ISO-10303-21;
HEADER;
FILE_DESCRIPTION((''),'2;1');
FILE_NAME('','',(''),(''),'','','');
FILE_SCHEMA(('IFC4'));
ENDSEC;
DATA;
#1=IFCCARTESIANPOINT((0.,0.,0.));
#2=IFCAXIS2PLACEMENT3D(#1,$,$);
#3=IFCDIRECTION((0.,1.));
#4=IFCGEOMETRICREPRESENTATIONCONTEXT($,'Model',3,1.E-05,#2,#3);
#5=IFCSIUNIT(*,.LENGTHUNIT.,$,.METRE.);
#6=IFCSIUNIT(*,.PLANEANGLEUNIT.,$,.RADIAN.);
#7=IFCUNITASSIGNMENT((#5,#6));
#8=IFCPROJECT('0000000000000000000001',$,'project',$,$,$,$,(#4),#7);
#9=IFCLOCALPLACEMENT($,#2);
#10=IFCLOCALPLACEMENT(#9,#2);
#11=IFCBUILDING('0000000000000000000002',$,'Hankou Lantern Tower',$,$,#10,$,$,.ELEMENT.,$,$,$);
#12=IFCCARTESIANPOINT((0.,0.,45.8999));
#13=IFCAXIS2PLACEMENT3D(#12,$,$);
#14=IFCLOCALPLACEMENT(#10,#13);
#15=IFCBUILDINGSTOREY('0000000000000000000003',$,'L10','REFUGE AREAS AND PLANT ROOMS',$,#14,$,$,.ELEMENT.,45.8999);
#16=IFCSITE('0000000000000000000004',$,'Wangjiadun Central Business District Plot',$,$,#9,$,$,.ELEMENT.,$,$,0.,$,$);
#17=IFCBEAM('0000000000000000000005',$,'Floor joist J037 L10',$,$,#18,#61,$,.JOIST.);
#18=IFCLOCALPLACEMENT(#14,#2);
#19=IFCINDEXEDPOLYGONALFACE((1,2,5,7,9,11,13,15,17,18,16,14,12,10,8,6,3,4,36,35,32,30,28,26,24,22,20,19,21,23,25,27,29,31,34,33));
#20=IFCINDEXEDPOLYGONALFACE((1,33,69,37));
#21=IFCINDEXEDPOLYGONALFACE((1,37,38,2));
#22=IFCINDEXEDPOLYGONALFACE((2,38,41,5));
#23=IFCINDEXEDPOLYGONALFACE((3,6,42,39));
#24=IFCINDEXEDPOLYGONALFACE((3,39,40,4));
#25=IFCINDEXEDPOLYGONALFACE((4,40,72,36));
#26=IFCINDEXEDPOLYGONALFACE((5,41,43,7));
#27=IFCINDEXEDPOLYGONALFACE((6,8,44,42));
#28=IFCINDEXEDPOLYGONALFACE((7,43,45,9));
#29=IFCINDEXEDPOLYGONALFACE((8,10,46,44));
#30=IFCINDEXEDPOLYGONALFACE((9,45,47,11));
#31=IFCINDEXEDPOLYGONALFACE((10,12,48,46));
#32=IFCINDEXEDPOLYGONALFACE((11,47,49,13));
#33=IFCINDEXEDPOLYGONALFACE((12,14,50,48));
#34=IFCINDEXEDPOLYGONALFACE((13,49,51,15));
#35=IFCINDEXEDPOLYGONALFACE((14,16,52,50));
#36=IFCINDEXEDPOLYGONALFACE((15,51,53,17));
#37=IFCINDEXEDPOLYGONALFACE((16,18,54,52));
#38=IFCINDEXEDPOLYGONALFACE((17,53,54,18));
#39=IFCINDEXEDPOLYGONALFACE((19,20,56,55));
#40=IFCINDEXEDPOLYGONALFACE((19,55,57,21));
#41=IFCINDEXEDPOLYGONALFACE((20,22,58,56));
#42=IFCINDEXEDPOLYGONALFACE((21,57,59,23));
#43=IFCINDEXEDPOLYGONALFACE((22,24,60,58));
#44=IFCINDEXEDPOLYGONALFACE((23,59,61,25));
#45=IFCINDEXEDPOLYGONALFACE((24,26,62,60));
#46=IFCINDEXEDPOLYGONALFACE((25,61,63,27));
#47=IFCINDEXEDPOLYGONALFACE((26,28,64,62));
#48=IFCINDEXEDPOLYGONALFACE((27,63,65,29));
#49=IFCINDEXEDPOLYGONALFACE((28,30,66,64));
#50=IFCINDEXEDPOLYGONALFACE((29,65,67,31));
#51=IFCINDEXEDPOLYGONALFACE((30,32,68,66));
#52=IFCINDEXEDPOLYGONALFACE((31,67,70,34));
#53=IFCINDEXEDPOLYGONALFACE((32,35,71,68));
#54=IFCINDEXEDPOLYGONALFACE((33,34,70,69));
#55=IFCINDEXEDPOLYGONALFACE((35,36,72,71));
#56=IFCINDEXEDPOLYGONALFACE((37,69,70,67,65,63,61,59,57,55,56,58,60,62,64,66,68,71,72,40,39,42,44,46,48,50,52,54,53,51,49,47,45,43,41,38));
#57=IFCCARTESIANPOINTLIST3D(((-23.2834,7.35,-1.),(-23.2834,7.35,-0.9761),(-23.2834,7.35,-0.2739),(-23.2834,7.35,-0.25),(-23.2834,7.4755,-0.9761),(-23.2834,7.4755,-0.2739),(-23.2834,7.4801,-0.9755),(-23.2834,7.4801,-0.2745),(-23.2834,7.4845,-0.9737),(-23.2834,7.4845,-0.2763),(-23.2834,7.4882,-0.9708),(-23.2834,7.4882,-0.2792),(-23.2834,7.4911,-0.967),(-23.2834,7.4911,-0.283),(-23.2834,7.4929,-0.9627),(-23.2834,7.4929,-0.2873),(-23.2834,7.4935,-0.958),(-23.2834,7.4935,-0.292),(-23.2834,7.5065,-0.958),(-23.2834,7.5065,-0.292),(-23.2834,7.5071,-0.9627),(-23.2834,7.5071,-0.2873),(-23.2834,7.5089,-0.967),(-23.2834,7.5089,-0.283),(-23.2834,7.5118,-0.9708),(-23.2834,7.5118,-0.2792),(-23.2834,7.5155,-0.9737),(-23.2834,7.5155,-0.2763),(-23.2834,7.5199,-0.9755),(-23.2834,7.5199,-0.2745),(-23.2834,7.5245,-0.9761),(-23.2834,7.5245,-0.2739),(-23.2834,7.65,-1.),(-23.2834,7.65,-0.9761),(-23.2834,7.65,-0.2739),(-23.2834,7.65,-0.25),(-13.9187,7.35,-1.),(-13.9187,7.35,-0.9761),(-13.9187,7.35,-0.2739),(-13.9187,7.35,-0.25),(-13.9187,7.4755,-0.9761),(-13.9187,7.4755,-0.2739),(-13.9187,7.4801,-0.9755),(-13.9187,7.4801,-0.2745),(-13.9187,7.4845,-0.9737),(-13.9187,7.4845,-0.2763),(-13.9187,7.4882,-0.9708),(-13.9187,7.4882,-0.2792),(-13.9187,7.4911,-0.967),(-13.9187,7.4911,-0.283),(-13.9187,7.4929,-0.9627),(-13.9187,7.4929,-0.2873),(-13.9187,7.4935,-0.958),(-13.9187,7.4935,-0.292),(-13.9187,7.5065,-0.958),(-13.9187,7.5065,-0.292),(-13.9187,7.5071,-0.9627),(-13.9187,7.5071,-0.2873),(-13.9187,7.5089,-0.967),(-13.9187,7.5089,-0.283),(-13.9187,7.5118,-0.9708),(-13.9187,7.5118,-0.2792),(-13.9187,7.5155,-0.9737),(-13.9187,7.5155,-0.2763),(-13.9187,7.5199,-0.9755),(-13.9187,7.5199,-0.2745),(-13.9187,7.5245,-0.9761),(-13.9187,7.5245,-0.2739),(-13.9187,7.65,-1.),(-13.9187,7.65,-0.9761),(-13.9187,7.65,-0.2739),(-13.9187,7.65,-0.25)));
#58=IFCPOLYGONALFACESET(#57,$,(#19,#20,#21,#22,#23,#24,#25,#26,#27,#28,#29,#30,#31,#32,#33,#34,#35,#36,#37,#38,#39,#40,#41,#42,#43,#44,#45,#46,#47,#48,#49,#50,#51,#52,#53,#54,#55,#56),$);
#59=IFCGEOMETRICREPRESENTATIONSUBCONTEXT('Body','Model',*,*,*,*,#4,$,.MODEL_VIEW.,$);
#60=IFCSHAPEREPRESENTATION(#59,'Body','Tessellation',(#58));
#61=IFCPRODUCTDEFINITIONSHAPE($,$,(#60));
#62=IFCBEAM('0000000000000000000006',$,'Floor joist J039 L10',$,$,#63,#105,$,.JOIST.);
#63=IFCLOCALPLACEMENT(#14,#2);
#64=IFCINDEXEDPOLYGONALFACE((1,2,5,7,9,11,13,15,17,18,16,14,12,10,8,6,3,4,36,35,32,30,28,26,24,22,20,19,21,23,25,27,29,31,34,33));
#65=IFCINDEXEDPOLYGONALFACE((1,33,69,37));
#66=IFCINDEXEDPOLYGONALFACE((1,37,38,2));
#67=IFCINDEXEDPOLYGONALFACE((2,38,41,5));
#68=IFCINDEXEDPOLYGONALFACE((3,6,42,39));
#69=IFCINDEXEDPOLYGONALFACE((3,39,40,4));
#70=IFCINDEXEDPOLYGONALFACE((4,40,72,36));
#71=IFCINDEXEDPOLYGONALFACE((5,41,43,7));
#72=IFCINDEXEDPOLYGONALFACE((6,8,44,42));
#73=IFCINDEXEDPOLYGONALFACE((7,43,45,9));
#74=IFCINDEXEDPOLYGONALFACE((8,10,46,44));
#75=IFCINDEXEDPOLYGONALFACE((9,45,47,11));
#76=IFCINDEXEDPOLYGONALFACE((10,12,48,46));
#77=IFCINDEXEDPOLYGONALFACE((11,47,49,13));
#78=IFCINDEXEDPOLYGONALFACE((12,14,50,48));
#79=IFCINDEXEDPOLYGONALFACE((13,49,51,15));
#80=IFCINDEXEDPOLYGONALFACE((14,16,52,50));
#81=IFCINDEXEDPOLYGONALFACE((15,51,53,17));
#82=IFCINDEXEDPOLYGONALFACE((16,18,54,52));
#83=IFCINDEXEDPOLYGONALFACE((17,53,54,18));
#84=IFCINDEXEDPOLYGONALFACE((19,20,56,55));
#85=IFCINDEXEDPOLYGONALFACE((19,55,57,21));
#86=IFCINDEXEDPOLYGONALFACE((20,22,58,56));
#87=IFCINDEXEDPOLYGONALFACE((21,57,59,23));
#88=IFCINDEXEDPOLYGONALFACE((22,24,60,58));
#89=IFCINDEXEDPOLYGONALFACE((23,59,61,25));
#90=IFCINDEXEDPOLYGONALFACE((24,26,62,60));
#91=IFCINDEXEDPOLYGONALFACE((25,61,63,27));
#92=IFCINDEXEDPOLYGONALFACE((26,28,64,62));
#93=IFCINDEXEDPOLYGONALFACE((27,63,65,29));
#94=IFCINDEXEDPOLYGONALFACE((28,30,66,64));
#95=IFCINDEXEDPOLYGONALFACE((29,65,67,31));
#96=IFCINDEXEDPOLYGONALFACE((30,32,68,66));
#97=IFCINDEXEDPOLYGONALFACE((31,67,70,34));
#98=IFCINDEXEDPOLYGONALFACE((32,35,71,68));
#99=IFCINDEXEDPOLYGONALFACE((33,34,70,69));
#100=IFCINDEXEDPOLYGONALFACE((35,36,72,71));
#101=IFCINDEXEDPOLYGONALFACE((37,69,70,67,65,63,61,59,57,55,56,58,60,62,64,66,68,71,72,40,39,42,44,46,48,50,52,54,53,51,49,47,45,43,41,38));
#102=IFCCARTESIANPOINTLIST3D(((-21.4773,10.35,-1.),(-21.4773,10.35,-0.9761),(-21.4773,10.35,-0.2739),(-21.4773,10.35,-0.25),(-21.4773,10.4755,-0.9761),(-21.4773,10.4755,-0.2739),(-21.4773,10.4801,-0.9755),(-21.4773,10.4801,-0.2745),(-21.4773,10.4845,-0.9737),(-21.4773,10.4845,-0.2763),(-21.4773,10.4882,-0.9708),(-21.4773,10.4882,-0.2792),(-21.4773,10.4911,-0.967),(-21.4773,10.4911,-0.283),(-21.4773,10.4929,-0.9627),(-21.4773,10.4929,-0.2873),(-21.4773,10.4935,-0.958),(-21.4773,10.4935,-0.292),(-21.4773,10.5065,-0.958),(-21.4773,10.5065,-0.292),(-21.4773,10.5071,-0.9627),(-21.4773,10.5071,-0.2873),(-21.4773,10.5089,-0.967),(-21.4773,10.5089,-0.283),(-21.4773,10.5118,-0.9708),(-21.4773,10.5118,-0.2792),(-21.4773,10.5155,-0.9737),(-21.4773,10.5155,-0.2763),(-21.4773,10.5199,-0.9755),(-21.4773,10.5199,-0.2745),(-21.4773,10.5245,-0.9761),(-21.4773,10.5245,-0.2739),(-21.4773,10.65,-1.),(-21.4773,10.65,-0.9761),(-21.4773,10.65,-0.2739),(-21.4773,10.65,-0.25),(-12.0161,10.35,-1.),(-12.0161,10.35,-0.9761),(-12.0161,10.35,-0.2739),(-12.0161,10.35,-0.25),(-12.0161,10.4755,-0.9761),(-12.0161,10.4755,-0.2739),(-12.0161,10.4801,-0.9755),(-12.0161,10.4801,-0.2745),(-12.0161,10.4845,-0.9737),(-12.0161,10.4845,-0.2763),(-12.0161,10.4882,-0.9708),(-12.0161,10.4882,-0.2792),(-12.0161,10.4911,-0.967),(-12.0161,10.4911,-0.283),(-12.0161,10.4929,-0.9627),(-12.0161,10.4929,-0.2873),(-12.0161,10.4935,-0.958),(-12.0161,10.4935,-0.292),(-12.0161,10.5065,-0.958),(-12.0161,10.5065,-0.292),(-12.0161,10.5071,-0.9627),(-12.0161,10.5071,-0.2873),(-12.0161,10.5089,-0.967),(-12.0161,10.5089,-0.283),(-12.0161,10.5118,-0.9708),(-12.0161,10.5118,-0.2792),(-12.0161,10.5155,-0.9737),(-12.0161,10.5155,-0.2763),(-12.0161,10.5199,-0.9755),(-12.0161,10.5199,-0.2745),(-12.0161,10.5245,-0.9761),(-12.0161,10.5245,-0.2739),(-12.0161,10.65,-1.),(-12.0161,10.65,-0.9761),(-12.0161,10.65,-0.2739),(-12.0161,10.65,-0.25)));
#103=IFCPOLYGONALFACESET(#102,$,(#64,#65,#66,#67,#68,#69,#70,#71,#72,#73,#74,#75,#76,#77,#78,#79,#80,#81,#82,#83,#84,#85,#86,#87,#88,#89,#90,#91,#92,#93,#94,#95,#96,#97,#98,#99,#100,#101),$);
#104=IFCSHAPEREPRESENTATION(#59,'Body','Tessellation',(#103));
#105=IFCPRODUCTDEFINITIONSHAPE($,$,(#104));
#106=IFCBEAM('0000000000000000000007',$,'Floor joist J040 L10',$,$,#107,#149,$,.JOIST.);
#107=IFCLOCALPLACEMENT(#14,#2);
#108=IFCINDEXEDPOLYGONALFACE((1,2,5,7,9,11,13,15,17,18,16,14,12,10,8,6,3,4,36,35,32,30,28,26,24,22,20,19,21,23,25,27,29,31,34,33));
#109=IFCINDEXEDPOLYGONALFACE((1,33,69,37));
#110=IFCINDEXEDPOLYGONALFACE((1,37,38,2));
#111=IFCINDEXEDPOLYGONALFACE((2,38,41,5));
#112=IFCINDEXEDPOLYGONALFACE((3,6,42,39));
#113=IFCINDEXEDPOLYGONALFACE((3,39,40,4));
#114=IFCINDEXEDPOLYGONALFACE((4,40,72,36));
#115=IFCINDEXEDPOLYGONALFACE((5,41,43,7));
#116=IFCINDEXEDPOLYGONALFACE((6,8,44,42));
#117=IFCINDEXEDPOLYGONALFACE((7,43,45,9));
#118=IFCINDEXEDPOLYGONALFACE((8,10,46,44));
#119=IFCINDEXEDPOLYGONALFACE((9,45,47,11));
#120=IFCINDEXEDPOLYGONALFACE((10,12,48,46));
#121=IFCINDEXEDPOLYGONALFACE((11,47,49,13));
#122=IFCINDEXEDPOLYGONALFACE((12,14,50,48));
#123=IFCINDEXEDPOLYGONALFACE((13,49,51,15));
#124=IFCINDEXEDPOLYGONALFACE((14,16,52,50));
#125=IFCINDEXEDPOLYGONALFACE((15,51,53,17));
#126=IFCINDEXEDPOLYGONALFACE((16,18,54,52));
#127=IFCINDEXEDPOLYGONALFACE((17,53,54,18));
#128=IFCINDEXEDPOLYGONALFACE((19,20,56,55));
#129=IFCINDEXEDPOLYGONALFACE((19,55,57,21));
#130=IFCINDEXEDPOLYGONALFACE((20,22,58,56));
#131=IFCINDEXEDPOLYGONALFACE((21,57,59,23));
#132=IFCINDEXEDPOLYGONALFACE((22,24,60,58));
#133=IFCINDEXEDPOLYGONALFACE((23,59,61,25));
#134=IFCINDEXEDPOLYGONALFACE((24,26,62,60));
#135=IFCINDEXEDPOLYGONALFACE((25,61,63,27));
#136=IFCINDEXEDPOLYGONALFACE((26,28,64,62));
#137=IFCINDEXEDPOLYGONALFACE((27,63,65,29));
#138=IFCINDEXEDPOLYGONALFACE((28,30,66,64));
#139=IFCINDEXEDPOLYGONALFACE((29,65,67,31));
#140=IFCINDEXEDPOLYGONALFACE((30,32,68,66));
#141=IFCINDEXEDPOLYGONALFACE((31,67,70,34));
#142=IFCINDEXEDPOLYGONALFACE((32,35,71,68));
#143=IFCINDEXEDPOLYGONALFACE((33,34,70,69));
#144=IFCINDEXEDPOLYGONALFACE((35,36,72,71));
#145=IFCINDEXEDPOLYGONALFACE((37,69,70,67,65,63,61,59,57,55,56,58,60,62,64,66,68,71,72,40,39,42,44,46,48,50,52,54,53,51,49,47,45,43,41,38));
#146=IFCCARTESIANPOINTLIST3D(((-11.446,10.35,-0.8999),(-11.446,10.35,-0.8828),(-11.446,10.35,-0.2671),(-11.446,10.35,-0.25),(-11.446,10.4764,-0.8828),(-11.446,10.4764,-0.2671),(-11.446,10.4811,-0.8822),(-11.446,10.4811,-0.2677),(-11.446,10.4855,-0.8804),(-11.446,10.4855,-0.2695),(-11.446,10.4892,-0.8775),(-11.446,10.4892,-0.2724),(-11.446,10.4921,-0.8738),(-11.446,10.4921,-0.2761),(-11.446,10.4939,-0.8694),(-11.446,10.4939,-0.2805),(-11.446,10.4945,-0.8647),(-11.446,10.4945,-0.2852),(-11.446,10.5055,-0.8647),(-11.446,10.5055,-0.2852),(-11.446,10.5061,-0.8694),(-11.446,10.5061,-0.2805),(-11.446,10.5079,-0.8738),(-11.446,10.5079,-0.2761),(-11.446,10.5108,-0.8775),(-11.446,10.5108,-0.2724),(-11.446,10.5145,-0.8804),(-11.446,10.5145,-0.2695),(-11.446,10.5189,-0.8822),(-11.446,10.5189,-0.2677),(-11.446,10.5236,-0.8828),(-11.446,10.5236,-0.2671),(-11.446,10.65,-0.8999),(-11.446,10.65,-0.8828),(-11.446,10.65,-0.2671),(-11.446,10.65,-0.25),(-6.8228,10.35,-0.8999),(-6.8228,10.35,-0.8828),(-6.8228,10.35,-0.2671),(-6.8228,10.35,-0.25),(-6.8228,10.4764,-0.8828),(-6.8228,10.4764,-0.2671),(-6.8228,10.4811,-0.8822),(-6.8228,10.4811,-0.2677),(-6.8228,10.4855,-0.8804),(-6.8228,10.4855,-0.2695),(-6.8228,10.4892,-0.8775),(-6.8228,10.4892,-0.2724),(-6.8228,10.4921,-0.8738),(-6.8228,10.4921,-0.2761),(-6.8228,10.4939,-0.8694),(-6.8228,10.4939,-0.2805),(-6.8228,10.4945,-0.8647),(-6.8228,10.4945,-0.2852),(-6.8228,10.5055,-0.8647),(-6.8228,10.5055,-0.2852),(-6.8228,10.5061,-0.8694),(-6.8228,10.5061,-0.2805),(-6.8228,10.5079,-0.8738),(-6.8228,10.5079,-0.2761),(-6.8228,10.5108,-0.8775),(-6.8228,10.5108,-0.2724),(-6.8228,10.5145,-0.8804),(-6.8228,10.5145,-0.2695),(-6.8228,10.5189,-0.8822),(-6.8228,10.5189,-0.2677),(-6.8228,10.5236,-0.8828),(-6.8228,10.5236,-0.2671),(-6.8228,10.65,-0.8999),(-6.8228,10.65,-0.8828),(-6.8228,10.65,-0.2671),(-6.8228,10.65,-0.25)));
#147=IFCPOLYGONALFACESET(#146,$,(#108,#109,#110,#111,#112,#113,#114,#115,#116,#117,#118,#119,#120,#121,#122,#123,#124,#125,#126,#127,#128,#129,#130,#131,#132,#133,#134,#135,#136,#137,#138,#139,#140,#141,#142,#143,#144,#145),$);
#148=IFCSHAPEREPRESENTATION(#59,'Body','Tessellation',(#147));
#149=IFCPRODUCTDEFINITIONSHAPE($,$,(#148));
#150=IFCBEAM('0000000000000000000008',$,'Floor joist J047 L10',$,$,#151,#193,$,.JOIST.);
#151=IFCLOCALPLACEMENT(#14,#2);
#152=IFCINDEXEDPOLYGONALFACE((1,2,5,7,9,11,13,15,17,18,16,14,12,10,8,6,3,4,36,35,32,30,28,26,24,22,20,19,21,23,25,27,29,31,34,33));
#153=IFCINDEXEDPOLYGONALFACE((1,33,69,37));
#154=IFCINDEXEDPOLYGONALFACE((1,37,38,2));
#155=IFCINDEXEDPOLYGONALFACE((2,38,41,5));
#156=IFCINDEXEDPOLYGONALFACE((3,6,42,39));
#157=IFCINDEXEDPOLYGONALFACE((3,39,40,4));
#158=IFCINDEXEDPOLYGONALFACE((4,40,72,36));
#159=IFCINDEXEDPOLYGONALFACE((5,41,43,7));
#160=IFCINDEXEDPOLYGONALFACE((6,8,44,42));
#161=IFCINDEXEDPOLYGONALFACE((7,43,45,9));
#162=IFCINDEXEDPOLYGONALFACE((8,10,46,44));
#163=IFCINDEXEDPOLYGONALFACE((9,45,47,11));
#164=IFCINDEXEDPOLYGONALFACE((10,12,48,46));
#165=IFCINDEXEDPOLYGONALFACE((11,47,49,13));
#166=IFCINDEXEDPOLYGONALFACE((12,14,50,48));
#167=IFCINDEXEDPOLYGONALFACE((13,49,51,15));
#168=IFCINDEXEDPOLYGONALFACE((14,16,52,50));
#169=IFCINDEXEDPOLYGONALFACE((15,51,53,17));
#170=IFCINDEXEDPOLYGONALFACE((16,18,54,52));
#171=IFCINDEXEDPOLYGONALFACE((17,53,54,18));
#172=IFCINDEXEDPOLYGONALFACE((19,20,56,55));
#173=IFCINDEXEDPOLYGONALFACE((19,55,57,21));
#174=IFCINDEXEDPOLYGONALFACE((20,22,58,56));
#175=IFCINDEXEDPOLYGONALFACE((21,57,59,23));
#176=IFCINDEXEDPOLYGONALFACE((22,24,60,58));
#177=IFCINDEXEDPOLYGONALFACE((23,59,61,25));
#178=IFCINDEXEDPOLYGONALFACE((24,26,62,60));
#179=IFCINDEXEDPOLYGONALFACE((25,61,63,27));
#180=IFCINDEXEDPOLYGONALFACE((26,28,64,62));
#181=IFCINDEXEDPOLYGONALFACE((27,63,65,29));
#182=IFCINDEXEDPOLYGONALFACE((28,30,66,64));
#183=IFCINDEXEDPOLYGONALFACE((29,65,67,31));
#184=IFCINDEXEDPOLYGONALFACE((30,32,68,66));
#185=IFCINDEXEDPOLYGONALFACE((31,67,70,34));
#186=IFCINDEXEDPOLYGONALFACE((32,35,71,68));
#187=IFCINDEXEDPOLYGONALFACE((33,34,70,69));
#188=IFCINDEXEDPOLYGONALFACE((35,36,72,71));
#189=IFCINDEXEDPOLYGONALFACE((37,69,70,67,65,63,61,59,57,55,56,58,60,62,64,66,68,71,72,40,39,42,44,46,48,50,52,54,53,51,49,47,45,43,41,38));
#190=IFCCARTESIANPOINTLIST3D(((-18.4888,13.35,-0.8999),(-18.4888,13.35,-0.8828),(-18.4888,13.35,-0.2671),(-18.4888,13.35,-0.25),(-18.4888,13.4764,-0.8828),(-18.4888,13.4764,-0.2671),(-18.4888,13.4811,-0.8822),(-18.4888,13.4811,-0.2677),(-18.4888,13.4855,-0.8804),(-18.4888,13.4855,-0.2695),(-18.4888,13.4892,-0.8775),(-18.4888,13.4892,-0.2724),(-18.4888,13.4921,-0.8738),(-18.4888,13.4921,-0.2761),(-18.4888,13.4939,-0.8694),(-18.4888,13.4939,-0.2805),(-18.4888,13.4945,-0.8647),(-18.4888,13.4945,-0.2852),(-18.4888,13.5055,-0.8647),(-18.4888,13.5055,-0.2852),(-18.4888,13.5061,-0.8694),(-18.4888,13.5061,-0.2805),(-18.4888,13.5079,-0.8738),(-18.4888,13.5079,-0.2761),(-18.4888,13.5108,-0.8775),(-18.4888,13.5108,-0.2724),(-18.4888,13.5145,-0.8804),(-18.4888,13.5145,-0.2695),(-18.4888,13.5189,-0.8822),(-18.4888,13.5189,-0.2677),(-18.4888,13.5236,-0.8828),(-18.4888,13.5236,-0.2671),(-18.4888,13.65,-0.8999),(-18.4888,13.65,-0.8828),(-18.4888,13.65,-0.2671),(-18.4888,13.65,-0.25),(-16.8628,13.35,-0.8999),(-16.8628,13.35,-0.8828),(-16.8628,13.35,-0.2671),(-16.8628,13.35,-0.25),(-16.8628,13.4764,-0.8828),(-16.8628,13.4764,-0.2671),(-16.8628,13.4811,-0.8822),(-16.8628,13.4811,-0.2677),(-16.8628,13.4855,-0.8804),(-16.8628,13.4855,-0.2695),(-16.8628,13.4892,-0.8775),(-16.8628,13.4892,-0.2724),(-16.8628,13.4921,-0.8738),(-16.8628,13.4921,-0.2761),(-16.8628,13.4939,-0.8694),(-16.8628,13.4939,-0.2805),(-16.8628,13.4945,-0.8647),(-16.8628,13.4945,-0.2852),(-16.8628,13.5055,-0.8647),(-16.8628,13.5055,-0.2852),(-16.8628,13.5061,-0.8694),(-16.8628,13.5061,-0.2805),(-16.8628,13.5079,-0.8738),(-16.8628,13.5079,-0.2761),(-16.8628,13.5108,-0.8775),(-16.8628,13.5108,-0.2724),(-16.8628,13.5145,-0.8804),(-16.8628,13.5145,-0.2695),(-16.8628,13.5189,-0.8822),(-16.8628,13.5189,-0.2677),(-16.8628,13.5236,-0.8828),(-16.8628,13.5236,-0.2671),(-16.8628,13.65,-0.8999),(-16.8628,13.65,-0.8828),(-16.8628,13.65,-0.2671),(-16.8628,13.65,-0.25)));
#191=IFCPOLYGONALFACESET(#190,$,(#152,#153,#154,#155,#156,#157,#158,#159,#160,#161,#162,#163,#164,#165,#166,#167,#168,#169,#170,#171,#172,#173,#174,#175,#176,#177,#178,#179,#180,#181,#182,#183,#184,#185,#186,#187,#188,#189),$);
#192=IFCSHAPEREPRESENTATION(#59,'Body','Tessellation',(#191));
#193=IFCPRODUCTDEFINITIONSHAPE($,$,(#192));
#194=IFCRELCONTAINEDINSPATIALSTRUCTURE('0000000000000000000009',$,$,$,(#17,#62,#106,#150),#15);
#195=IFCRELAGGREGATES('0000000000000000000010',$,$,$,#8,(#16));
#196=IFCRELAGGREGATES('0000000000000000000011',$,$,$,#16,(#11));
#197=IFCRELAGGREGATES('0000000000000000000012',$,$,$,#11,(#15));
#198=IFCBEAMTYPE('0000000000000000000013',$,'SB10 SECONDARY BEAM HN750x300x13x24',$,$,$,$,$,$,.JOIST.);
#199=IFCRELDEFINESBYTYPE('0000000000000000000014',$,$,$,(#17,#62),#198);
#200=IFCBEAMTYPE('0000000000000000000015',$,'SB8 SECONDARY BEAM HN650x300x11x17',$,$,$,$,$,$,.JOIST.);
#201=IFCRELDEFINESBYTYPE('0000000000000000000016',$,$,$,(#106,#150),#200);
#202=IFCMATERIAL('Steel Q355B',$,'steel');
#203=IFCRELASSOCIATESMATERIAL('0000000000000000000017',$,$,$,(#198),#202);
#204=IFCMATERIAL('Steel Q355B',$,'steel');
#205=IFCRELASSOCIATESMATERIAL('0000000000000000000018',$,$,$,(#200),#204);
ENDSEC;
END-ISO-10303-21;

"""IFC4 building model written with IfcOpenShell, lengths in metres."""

from ifc_helpers import new_model, si_unit, direction, frame, origin, origin_2d, place, context, subcontext, project, spatial, i_section, extrude, material, material_profile, profile_set, type_object, element, save


model = new_model("IFC4")

# Units and contexts
model_context = context("Model", 3, precision=1e-05, world=origin(), true_north=direction((0.0, 1.0)))
body_context = subcontext(model_context, "Body", "Model", "MODEL_VIEW")
ifc_project = project(units=[si_unit("LENGTHUNIT", "METRE"), si_unit("PLANEANGLEUNIT", "RADIAN")], contexts=[model_context])

# Site, building, storey
site_placement = place(None, origin())
site = spatial("IfcSite", under=ifc_project, at=site_placement, Name="Wangjiadun Central Business District Plot", CompositionType="ELEMENT", RefElevation=0.0)
building_placement = place(site_placement, origin())
building = spatial("IfcBuilding", under=site, at=building_placement, Name="Hankou Lantern Tower", CompositionType="ELEMENT")
storey_placement = place(building_placement, frame((0.0, 0.0, 45.8999)))
storey = spatial("IfcBuildingStorey", under=building, at=storey_placement, Name="L10", Description="REFUGE AREAS AND PLANT ROOMS", CompositionType="ELEMENT", Elevation=45.8999)

# Beams
ifc_material_1 = material(Name="Steel Q355B", Category="steel")
ifc_material_profile_1 = material_profile(ifc_material_1, i_section(OverallWidth=0.3, OverallDepth=0.75, WebThickness=0.0129, FlangeThickness=0.0239, FilletRadius=0.0181, at=origin_2d()), Name="HN750x300x13x24")
ifc_profile_set_1 = profile_set([ifc_material_profile_1], Name="Steel Q355B")
beam_type_1 = type_object("IfcBeamType", Name="SB10 SECONDARY BEAM HN750x300x13x24", PredefinedType="JOIST", material=ifc_profile_set_1)
beam_1_placement = place(storey_placement, frame((-23.2834, 7.5, -0.625), z_axis=(1.0, 0.0, 0.0), x_axis=(0.0, 1.0, 0.0)))
element("IfcBeam", 1, at=beam_1_placement, inside=storey, type_object=beam_type_1, Name="Floor joist J037 L10", PredefinedType="JOIST", context=body_context, shape_type="SweptSolid", body=[
    extrude(i_section(OverallWidth=0.3, OverallDepth=0.75, WebThickness=0.0129, FlangeThickness=0.0239, FilletRadius=0.0181, at=origin_2d()), origin(), (0.0, 0.0, 1.0), 9.3647),
])
beam_2_placement = place(storey_placement, frame((-21.4773, 10.5, -0.625), z_axis=(1.0, 0.0, 0.0), x_axis=(0.0, 1.0, 0.0)))
element("IfcBeam", 2, at=beam_2_placement, inside=storey, type_object=beam_type_1, Name="Floor joist J039 L10", PredefinedType="JOIST", context=body_context, shape_type="SweptSolid", body=[
    extrude(i_section(OverallWidth=0.3, OverallDepth=0.75, WebThickness=0.0129, FlangeThickness=0.0239, FilletRadius=0.0181, at=origin_2d()), origin(), (0.0, 0.0, 1.0), 9.4612),
])
ifc_material_2 = material(Name="Steel Q355B", Category="steel")
ifc_material_profile_2 = material_profile(ifc_material_2, i_section(OverallWidth=0.3, OverallDepth=0.6499, WebThickness=0.011, FlangeThickness=0.0171, FilletRadius=0.0181, at=origin_2d()), Name="HN650x300x11x17")
ifc_profile_set_2 = profile_set([ifc_material_profile_2], Name="Steel Q355B")
beam_type_2 = type_object("IfcBeamType", Name="SB8 SECONDARY BEAM HN650x300x11x17", PredefinedType="JOIST", material=ifc_profile_set_2)
beam_3_placement = place(storey_placement, frame((-11.446, 10.5, -0.575), z_axis=(1.0, 0.0, 0.0), x_axis=(0.0, 1.0, 0.0)))
element("IfcBeam", 3, at=beam_3_placement, inside=storey, type_object=beam_type_2, Name="Floor joist J040 L10", PredefinedType="JOIST", context=body_context, shape_type="SweptSolid", body=[
    extrude(i_section(OverallWidth=0.3, OverallDepth=0.6499, WebThickness=0.011, FlangeThickness=0.0171, FilletRadius=0.0181, at=origin_2d()), origin(), (0.0, 0.0, 1.0), 4.6233),
])
beam_4_placement = place(storey_placement, frame((-18.4888, 13.5, -0.575), z_axis=(1.0, 0.0, 0.0), x_axis=(0.0, 1.0, 0.0)))
element("IfcBeam", 4, at=beam_4_placement, inside=storey, type_object=beam_type_2, Name="Floor joist J047 L10", PredefinedType="JOIST", context=body_context, shape_type="SweptSolid", body=[
    extrude(i_section(OverallWidth=0.3, OverallDepth=0.6499, WebThickness=0.011, FlangeThickness=0.0171, FilletRadius=0.0181, at=origin_2d()), origin(), (0.0, 0.0, 1.0), 1.626),
])

save(model, "model.ifc")
